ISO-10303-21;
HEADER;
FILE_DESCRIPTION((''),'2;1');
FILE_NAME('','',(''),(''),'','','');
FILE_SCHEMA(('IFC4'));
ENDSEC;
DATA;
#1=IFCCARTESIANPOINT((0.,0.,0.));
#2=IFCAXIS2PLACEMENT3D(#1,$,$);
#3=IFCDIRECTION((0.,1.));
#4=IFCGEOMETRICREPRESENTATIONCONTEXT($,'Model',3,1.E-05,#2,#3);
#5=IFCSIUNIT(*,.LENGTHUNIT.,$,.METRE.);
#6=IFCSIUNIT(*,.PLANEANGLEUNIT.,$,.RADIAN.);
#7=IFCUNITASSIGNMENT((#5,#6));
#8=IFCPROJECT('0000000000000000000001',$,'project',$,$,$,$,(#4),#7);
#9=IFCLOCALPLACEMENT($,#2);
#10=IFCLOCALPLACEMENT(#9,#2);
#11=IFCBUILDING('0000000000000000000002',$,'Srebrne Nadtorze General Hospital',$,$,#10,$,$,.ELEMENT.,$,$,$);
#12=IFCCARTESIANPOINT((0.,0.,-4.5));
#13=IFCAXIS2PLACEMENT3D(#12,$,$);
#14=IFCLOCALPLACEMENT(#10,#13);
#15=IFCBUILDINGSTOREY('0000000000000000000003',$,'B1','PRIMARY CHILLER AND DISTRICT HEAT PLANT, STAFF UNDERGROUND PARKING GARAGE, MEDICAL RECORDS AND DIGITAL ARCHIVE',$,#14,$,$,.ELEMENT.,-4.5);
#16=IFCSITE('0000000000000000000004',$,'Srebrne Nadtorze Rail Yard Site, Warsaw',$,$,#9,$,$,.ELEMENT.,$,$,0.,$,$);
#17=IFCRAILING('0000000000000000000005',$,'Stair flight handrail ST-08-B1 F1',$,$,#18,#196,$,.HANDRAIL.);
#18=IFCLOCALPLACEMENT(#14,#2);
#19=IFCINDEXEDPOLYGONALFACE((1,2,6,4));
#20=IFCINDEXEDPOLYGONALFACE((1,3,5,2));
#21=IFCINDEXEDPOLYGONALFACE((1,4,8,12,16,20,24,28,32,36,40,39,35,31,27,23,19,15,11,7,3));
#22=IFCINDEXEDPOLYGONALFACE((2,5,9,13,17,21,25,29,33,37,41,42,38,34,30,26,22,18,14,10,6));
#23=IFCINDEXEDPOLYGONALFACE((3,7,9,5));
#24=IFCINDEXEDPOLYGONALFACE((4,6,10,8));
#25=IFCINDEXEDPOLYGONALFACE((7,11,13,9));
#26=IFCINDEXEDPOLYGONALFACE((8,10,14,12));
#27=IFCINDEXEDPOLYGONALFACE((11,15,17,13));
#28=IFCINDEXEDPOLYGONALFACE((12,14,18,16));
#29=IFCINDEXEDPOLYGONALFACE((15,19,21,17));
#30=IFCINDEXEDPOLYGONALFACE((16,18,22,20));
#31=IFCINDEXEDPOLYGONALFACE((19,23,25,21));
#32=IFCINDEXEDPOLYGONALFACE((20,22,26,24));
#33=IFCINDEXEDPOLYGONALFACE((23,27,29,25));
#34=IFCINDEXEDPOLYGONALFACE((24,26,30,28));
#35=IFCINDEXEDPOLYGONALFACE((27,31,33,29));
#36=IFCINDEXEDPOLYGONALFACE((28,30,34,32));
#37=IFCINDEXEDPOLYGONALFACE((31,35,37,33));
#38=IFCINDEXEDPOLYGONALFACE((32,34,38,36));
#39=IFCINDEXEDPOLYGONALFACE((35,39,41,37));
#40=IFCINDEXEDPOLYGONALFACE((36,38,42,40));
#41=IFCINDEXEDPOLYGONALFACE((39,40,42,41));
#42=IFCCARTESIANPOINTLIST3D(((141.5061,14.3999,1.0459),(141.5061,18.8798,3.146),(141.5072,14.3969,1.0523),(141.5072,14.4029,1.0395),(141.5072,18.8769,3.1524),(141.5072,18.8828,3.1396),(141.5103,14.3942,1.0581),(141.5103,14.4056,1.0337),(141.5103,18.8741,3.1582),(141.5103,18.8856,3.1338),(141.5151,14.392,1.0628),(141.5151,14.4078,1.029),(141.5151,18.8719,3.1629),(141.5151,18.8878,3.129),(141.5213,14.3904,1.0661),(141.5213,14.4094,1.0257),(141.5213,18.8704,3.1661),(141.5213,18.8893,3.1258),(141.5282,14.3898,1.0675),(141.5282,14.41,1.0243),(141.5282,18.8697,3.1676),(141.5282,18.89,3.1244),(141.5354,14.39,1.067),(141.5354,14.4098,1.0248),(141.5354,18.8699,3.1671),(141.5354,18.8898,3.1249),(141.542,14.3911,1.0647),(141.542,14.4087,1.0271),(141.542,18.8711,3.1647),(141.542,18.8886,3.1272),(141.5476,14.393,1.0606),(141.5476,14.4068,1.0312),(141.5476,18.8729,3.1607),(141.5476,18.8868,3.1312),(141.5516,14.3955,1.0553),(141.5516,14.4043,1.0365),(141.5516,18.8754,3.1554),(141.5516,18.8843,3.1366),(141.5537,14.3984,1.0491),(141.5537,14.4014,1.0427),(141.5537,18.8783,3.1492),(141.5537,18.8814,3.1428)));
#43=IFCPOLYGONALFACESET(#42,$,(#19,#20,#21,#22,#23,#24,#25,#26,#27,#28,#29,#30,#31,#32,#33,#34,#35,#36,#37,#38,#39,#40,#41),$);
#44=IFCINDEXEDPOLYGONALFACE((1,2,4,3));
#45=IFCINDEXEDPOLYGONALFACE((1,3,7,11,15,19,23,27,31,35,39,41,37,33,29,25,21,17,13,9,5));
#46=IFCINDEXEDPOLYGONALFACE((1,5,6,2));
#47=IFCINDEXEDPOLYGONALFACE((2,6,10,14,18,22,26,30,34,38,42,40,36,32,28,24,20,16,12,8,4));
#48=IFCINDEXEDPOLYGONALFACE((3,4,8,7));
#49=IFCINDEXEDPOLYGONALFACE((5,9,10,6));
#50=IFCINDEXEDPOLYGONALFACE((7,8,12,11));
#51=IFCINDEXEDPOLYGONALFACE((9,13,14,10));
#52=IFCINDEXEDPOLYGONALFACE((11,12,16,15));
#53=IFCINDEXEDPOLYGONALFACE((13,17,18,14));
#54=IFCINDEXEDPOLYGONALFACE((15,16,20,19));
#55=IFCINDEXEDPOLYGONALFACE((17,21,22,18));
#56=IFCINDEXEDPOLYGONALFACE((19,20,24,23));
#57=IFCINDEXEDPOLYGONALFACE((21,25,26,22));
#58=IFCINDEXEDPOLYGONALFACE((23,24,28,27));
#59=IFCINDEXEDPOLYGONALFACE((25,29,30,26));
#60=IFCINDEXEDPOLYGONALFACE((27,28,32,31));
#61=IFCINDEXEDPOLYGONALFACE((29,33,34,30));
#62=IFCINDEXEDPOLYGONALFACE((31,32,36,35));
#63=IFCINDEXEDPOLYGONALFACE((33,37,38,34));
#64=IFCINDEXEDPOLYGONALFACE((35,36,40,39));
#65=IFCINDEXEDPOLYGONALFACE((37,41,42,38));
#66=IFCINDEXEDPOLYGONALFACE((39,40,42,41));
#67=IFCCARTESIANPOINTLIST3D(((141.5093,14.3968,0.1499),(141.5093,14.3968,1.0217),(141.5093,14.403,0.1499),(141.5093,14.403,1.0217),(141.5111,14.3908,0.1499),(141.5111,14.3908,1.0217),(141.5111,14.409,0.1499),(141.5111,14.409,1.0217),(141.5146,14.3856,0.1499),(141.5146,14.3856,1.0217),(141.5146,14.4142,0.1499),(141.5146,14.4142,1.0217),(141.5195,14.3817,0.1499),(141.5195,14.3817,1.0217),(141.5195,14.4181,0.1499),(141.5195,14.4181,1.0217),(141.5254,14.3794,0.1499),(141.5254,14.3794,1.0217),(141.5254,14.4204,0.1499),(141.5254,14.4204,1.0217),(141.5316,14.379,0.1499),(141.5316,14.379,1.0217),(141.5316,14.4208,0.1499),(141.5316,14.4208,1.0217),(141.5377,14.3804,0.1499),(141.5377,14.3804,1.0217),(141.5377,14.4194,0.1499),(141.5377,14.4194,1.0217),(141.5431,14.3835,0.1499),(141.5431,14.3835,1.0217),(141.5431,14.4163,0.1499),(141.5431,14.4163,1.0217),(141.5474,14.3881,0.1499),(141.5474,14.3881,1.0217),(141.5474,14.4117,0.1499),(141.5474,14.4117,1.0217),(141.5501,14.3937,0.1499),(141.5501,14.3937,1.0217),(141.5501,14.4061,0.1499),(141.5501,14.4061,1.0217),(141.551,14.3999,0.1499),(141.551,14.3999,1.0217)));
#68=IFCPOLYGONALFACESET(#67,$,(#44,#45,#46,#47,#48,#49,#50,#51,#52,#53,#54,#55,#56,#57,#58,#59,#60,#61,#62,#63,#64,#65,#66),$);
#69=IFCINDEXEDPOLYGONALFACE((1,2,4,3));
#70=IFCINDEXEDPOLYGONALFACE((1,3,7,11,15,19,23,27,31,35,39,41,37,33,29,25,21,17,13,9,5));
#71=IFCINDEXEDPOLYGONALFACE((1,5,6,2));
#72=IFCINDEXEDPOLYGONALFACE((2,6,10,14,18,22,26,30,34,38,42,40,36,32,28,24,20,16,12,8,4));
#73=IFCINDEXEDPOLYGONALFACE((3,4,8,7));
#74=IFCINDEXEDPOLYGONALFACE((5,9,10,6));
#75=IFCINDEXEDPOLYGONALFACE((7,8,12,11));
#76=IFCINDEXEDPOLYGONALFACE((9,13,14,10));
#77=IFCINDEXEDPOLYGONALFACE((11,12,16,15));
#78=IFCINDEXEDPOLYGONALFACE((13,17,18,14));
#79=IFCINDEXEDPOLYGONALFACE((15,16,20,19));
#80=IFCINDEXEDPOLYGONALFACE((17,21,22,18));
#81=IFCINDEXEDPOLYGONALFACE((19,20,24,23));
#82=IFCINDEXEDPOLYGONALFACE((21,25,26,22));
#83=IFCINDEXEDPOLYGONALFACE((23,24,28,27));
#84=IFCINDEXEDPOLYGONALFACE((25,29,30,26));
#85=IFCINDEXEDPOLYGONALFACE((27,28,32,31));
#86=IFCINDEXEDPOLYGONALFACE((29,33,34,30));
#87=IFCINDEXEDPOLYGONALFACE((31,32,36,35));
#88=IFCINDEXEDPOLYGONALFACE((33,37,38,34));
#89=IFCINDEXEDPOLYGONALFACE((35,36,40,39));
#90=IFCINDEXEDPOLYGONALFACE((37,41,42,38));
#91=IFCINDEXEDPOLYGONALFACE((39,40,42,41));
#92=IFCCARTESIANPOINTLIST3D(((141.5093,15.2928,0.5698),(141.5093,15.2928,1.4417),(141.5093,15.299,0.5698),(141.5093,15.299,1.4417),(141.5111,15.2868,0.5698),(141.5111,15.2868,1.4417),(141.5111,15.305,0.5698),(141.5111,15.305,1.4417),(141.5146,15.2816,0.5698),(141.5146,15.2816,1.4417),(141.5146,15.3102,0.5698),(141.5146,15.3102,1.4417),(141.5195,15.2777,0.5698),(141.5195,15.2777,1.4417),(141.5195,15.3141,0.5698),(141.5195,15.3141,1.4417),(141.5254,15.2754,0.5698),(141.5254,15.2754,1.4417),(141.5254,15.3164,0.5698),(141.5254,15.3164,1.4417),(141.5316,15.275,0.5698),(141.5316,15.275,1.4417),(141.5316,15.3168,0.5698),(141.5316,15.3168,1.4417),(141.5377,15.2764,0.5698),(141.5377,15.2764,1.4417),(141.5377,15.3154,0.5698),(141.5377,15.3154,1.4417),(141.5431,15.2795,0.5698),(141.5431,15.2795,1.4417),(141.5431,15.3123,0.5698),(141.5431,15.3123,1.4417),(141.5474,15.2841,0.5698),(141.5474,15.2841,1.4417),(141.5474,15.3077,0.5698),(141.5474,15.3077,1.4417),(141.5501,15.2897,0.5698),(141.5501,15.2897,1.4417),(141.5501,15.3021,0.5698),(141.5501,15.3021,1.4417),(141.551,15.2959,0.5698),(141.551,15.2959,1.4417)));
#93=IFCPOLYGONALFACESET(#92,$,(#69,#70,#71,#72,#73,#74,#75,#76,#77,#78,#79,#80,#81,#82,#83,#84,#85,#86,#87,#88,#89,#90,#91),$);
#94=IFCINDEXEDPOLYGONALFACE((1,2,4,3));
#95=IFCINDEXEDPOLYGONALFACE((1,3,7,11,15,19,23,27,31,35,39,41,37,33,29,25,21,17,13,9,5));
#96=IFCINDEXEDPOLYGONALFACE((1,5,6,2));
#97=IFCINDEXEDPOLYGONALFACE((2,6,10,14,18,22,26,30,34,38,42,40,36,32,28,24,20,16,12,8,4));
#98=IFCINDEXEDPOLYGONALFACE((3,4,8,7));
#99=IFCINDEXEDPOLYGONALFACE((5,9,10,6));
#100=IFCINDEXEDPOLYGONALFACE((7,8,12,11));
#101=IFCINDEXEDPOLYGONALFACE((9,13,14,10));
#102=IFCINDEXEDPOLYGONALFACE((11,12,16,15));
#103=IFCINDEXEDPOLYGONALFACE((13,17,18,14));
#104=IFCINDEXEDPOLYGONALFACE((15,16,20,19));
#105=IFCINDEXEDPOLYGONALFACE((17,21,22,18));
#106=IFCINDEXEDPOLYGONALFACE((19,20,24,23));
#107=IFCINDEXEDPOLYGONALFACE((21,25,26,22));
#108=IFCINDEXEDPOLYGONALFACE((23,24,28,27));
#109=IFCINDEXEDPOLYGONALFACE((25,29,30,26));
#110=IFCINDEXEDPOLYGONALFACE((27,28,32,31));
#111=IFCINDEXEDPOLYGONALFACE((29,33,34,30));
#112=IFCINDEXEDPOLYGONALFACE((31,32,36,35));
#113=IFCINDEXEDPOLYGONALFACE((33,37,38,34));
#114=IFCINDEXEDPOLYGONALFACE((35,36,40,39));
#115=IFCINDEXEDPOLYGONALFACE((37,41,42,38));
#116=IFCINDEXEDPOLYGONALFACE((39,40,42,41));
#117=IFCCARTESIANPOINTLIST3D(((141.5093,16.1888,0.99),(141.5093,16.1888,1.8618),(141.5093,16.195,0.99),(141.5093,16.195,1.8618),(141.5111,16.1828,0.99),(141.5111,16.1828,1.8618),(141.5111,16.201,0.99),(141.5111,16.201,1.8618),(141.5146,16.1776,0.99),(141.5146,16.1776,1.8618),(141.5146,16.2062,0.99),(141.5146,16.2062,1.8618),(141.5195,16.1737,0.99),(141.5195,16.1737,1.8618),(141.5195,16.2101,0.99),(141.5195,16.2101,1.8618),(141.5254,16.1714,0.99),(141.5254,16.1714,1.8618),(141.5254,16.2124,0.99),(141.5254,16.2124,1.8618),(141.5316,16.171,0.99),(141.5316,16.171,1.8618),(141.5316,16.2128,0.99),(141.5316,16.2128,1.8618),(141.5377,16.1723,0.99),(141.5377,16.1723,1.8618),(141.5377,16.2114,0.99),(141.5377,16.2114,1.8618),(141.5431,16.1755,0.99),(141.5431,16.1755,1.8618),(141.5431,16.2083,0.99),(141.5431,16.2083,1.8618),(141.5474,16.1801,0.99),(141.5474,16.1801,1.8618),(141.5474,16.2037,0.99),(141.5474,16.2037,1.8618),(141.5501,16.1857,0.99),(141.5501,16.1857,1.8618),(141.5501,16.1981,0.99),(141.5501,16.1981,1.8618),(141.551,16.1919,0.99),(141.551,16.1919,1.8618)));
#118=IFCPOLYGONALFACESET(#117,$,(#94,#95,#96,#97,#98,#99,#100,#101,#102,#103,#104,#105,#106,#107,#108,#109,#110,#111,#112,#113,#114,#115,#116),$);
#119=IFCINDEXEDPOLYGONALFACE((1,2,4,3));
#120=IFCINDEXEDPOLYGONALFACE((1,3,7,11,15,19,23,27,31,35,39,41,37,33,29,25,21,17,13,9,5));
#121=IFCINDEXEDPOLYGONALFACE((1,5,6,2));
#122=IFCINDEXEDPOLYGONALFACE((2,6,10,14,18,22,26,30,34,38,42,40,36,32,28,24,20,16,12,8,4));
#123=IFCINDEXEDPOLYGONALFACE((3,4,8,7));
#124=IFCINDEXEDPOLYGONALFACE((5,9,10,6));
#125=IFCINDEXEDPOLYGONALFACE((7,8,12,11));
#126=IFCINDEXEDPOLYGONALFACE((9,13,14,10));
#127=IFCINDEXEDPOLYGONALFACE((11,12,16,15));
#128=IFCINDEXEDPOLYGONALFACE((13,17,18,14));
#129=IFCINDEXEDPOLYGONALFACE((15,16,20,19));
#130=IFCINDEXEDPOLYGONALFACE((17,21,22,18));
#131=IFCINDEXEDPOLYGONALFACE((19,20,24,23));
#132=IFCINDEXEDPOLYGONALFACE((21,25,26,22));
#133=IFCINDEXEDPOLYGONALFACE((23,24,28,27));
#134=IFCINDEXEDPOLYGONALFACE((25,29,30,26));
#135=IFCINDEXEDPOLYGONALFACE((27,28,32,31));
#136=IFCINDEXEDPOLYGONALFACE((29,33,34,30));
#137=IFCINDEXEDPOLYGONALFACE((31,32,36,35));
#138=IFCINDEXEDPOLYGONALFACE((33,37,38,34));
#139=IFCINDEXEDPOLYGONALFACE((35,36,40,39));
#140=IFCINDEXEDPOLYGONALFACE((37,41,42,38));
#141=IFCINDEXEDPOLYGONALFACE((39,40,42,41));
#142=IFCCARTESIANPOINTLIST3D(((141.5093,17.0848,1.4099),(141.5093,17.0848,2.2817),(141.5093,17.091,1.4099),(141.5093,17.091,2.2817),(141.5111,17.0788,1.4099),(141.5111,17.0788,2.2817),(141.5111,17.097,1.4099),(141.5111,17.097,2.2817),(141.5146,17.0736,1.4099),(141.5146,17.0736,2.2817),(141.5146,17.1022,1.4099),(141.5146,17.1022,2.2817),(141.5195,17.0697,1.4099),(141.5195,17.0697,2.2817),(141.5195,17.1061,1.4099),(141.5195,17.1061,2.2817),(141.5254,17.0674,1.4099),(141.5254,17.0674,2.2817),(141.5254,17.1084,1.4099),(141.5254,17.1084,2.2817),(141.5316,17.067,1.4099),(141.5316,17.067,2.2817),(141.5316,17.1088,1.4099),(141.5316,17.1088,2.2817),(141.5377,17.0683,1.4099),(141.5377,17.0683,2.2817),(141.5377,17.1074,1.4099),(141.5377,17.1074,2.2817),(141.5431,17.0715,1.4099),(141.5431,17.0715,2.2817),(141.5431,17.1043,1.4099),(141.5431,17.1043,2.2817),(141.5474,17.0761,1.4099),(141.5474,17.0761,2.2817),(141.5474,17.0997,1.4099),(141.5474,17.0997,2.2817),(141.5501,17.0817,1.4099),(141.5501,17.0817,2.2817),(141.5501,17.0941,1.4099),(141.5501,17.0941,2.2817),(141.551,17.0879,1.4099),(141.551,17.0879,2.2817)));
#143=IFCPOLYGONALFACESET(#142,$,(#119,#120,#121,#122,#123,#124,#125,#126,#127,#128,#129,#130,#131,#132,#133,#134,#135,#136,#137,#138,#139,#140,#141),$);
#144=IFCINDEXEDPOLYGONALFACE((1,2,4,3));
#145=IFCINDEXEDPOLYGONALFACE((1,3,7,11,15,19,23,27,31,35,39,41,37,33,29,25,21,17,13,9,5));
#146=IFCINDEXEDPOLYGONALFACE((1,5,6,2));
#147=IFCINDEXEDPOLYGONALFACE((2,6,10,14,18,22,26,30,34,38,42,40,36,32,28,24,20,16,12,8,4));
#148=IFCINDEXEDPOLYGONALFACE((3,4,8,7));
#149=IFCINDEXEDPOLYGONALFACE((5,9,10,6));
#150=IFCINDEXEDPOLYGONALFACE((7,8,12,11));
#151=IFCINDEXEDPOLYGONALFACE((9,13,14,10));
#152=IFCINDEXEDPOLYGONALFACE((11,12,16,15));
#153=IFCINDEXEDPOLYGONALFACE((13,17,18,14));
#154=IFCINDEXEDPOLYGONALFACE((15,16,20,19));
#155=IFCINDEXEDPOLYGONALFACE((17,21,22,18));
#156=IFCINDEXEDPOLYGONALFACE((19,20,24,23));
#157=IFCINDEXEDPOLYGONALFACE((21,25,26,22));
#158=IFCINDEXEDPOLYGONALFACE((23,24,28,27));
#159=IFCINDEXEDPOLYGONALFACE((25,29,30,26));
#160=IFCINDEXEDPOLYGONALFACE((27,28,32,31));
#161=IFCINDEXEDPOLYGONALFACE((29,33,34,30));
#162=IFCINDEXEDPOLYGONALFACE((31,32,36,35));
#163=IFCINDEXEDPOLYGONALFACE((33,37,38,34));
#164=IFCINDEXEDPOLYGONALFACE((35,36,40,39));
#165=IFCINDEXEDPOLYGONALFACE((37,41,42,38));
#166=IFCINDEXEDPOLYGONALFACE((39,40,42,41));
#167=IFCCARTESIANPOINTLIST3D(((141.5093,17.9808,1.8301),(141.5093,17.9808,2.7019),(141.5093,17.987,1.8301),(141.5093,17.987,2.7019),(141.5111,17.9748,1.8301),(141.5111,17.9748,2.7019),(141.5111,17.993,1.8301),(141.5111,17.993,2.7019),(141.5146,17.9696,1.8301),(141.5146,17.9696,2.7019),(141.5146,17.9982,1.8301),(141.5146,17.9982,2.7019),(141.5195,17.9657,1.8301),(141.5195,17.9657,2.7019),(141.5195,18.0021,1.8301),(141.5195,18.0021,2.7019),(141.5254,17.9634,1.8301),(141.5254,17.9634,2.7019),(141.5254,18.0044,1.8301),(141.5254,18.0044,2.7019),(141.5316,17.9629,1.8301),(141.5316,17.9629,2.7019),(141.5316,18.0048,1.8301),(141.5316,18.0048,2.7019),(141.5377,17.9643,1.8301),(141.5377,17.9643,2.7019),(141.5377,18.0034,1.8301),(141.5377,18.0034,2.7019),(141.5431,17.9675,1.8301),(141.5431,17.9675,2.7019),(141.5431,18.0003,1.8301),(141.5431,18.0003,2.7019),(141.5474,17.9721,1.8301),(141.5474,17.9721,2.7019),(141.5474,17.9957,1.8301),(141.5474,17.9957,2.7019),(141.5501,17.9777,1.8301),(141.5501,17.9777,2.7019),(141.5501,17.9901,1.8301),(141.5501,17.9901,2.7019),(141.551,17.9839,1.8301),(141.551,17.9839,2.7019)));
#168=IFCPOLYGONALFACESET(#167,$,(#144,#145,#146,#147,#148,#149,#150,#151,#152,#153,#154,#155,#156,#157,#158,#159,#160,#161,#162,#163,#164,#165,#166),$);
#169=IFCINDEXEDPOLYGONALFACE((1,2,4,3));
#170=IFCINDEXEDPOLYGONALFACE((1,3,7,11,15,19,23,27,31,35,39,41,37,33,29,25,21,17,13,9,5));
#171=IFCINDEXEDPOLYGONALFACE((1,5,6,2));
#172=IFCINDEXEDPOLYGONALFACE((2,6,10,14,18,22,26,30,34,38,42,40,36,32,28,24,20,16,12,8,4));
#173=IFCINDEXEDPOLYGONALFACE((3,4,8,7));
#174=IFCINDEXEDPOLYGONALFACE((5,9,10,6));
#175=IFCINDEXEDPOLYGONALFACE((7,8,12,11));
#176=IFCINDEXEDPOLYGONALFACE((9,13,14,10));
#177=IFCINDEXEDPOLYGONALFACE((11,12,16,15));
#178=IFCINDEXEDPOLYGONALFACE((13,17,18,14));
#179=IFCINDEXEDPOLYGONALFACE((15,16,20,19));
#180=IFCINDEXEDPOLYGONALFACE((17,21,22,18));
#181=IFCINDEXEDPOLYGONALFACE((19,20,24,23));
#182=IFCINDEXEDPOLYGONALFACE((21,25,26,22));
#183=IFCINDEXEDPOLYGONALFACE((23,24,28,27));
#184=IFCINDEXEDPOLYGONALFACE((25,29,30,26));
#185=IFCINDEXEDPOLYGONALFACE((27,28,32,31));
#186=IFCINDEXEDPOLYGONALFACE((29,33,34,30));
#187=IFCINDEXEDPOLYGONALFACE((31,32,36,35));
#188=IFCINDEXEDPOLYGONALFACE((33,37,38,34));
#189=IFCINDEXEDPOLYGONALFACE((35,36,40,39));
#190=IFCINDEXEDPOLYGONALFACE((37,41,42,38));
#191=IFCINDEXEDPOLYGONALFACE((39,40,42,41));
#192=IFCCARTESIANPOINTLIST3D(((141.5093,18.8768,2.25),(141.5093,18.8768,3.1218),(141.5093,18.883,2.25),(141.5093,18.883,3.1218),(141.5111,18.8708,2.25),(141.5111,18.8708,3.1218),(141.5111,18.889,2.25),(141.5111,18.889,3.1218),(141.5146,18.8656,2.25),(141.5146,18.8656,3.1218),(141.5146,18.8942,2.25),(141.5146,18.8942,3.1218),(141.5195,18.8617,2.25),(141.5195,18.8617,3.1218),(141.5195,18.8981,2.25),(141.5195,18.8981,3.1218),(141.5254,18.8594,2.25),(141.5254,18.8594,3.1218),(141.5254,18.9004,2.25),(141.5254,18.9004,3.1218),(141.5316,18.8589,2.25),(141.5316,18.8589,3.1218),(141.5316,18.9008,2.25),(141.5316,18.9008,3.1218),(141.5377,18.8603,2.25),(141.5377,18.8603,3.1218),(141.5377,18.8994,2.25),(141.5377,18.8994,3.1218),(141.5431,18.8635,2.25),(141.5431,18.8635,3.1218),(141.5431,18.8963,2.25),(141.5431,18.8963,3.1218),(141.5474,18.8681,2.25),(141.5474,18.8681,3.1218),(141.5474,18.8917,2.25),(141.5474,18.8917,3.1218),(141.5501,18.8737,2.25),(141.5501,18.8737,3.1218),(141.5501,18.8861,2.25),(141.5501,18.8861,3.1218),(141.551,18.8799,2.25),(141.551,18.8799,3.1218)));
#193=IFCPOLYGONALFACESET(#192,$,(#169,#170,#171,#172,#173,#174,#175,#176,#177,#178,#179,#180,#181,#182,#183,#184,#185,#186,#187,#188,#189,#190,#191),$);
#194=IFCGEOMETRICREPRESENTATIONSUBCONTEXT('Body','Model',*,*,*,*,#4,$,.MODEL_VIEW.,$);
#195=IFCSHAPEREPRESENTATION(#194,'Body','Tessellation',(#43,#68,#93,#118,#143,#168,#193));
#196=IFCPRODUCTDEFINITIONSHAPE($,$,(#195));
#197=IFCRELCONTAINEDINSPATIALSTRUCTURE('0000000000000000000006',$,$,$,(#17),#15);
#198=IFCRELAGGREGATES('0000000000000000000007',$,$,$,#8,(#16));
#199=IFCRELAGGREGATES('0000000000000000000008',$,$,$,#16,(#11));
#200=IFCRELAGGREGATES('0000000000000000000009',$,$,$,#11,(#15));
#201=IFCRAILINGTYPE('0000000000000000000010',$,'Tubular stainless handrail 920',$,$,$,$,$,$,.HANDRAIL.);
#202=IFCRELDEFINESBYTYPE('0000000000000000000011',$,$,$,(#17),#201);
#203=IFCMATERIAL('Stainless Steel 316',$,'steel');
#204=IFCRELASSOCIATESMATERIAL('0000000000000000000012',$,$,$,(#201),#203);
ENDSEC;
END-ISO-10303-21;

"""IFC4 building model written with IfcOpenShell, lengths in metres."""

from ifc_helpers import new_model, si_unit, direction, frame, origin, origin_2d, place, context, subcontext, project, spatial, circle, extrude, material, type_object, element, save


model = new_model("IFC4")

# Units and contexts
model_context = context("Model", 3, precision=1e-05, world=origin(), true_north=direction((0.0, 1.0)))
body_context = subcontext(model_context, "Body", "Model", "MODEL_VIEW")
ifc_project = project(units=[si_unit("LENGTHUNIT", "METRE"), si_unit("PLANEANGLEUNIT", "RADIAN")], contexts=[model_context])

# Site, building, storey
site_placement = place(None, origin())
site = spatial("IfcSite", under=ifc_project, at=site_placement, Name="Srebrne Nadtorze Rail Yard Site, Warsaw", CompositionType="ELEMENT", RefElevation=0.0)
building_placement = place(site_placement, origin())
building = spatial("IfcBuilding", under=site, at=building_placement, Name="Srebrne Nadtorze General Hospital", CompositionType="ELEMENT")
storey_placement = place(building_placement, frame((0.0, 0.0, -4.5)))
storey = spatial("IfcBuildingStorey", under=building, at=storey_placement, Name="B1", Description="PRIMARY CHILLER AND DISTRICT HEAT PLANT, STAFF UNDERGROUND PARKING GARAGE, MEDICAL RECORDS AND DIGITAL ARCHIVE", CompositionType="ELEMENT", Elevation=-4.5)

# Railing
ifc_material_1 = material(Name="Stainless Steel 316", Category="steel")
railing_type_1 = type_object("IfcRailingType", Name="Tubular stainless handrail 920", PredefinedType="HANDRAIL", material=ifc_material_1)
railing_1_placement = place(storey_placement, frame((141.53, 14.3999, 0.1499)))
element("IfcRailing", 1, at=railing_1_placement, inside=storey, type_object=railing_type_1, Name="Stair flight handrail ST-08-B1 F1", PredefinedType="HANDRAIL", context=body_context, shape_type="SweptSolid", body=[
    extrude(circle(Radius=0.0239, at=origin_2d()), frame((0.0, 0.0, 0.896), z_axis=(0.0, 0.905451, 0.424452), x_axis=(-1.0, 0.0, 0.0)), (0.0, 0.0, 1.0), 4.9478),
    extrude(circle(Radius=0.021, at=origin_2d()), origin(), (0.0, 0.0, 1.0), 0.8718),
    extrude(circle(Radius=0.021, at=origin_2d()), frame((0.0, 0.896, 0.4199)), (0.0, 0.0, 1.0), 0.8718),
    extrude(circle(Radius=0.021, at=origin_2d()), frame((0.0, 1.792, 0.8401)), (0.0, 0.0, 1.0), 0.8718),
    extrude(circle(Radius=0.021, at=origin_2d()), frame((0.0, 2.688, 1.26)), (0.0, 0.0, 1.0), 0.8718),
    extrude(circle(Radius=0.021, at=origin_2d()), frame((0.0, 3.584, 1.6802)), (0.0, 0.0, 1.0), 0.8718),
    extrude(circle(Radius=0.021, at=origin_2d()), frame((0.0, 4.48, 2.1001)), (0.0, 0.0, 1.0), 0.8718),
])

save(model, "model.ifc")
